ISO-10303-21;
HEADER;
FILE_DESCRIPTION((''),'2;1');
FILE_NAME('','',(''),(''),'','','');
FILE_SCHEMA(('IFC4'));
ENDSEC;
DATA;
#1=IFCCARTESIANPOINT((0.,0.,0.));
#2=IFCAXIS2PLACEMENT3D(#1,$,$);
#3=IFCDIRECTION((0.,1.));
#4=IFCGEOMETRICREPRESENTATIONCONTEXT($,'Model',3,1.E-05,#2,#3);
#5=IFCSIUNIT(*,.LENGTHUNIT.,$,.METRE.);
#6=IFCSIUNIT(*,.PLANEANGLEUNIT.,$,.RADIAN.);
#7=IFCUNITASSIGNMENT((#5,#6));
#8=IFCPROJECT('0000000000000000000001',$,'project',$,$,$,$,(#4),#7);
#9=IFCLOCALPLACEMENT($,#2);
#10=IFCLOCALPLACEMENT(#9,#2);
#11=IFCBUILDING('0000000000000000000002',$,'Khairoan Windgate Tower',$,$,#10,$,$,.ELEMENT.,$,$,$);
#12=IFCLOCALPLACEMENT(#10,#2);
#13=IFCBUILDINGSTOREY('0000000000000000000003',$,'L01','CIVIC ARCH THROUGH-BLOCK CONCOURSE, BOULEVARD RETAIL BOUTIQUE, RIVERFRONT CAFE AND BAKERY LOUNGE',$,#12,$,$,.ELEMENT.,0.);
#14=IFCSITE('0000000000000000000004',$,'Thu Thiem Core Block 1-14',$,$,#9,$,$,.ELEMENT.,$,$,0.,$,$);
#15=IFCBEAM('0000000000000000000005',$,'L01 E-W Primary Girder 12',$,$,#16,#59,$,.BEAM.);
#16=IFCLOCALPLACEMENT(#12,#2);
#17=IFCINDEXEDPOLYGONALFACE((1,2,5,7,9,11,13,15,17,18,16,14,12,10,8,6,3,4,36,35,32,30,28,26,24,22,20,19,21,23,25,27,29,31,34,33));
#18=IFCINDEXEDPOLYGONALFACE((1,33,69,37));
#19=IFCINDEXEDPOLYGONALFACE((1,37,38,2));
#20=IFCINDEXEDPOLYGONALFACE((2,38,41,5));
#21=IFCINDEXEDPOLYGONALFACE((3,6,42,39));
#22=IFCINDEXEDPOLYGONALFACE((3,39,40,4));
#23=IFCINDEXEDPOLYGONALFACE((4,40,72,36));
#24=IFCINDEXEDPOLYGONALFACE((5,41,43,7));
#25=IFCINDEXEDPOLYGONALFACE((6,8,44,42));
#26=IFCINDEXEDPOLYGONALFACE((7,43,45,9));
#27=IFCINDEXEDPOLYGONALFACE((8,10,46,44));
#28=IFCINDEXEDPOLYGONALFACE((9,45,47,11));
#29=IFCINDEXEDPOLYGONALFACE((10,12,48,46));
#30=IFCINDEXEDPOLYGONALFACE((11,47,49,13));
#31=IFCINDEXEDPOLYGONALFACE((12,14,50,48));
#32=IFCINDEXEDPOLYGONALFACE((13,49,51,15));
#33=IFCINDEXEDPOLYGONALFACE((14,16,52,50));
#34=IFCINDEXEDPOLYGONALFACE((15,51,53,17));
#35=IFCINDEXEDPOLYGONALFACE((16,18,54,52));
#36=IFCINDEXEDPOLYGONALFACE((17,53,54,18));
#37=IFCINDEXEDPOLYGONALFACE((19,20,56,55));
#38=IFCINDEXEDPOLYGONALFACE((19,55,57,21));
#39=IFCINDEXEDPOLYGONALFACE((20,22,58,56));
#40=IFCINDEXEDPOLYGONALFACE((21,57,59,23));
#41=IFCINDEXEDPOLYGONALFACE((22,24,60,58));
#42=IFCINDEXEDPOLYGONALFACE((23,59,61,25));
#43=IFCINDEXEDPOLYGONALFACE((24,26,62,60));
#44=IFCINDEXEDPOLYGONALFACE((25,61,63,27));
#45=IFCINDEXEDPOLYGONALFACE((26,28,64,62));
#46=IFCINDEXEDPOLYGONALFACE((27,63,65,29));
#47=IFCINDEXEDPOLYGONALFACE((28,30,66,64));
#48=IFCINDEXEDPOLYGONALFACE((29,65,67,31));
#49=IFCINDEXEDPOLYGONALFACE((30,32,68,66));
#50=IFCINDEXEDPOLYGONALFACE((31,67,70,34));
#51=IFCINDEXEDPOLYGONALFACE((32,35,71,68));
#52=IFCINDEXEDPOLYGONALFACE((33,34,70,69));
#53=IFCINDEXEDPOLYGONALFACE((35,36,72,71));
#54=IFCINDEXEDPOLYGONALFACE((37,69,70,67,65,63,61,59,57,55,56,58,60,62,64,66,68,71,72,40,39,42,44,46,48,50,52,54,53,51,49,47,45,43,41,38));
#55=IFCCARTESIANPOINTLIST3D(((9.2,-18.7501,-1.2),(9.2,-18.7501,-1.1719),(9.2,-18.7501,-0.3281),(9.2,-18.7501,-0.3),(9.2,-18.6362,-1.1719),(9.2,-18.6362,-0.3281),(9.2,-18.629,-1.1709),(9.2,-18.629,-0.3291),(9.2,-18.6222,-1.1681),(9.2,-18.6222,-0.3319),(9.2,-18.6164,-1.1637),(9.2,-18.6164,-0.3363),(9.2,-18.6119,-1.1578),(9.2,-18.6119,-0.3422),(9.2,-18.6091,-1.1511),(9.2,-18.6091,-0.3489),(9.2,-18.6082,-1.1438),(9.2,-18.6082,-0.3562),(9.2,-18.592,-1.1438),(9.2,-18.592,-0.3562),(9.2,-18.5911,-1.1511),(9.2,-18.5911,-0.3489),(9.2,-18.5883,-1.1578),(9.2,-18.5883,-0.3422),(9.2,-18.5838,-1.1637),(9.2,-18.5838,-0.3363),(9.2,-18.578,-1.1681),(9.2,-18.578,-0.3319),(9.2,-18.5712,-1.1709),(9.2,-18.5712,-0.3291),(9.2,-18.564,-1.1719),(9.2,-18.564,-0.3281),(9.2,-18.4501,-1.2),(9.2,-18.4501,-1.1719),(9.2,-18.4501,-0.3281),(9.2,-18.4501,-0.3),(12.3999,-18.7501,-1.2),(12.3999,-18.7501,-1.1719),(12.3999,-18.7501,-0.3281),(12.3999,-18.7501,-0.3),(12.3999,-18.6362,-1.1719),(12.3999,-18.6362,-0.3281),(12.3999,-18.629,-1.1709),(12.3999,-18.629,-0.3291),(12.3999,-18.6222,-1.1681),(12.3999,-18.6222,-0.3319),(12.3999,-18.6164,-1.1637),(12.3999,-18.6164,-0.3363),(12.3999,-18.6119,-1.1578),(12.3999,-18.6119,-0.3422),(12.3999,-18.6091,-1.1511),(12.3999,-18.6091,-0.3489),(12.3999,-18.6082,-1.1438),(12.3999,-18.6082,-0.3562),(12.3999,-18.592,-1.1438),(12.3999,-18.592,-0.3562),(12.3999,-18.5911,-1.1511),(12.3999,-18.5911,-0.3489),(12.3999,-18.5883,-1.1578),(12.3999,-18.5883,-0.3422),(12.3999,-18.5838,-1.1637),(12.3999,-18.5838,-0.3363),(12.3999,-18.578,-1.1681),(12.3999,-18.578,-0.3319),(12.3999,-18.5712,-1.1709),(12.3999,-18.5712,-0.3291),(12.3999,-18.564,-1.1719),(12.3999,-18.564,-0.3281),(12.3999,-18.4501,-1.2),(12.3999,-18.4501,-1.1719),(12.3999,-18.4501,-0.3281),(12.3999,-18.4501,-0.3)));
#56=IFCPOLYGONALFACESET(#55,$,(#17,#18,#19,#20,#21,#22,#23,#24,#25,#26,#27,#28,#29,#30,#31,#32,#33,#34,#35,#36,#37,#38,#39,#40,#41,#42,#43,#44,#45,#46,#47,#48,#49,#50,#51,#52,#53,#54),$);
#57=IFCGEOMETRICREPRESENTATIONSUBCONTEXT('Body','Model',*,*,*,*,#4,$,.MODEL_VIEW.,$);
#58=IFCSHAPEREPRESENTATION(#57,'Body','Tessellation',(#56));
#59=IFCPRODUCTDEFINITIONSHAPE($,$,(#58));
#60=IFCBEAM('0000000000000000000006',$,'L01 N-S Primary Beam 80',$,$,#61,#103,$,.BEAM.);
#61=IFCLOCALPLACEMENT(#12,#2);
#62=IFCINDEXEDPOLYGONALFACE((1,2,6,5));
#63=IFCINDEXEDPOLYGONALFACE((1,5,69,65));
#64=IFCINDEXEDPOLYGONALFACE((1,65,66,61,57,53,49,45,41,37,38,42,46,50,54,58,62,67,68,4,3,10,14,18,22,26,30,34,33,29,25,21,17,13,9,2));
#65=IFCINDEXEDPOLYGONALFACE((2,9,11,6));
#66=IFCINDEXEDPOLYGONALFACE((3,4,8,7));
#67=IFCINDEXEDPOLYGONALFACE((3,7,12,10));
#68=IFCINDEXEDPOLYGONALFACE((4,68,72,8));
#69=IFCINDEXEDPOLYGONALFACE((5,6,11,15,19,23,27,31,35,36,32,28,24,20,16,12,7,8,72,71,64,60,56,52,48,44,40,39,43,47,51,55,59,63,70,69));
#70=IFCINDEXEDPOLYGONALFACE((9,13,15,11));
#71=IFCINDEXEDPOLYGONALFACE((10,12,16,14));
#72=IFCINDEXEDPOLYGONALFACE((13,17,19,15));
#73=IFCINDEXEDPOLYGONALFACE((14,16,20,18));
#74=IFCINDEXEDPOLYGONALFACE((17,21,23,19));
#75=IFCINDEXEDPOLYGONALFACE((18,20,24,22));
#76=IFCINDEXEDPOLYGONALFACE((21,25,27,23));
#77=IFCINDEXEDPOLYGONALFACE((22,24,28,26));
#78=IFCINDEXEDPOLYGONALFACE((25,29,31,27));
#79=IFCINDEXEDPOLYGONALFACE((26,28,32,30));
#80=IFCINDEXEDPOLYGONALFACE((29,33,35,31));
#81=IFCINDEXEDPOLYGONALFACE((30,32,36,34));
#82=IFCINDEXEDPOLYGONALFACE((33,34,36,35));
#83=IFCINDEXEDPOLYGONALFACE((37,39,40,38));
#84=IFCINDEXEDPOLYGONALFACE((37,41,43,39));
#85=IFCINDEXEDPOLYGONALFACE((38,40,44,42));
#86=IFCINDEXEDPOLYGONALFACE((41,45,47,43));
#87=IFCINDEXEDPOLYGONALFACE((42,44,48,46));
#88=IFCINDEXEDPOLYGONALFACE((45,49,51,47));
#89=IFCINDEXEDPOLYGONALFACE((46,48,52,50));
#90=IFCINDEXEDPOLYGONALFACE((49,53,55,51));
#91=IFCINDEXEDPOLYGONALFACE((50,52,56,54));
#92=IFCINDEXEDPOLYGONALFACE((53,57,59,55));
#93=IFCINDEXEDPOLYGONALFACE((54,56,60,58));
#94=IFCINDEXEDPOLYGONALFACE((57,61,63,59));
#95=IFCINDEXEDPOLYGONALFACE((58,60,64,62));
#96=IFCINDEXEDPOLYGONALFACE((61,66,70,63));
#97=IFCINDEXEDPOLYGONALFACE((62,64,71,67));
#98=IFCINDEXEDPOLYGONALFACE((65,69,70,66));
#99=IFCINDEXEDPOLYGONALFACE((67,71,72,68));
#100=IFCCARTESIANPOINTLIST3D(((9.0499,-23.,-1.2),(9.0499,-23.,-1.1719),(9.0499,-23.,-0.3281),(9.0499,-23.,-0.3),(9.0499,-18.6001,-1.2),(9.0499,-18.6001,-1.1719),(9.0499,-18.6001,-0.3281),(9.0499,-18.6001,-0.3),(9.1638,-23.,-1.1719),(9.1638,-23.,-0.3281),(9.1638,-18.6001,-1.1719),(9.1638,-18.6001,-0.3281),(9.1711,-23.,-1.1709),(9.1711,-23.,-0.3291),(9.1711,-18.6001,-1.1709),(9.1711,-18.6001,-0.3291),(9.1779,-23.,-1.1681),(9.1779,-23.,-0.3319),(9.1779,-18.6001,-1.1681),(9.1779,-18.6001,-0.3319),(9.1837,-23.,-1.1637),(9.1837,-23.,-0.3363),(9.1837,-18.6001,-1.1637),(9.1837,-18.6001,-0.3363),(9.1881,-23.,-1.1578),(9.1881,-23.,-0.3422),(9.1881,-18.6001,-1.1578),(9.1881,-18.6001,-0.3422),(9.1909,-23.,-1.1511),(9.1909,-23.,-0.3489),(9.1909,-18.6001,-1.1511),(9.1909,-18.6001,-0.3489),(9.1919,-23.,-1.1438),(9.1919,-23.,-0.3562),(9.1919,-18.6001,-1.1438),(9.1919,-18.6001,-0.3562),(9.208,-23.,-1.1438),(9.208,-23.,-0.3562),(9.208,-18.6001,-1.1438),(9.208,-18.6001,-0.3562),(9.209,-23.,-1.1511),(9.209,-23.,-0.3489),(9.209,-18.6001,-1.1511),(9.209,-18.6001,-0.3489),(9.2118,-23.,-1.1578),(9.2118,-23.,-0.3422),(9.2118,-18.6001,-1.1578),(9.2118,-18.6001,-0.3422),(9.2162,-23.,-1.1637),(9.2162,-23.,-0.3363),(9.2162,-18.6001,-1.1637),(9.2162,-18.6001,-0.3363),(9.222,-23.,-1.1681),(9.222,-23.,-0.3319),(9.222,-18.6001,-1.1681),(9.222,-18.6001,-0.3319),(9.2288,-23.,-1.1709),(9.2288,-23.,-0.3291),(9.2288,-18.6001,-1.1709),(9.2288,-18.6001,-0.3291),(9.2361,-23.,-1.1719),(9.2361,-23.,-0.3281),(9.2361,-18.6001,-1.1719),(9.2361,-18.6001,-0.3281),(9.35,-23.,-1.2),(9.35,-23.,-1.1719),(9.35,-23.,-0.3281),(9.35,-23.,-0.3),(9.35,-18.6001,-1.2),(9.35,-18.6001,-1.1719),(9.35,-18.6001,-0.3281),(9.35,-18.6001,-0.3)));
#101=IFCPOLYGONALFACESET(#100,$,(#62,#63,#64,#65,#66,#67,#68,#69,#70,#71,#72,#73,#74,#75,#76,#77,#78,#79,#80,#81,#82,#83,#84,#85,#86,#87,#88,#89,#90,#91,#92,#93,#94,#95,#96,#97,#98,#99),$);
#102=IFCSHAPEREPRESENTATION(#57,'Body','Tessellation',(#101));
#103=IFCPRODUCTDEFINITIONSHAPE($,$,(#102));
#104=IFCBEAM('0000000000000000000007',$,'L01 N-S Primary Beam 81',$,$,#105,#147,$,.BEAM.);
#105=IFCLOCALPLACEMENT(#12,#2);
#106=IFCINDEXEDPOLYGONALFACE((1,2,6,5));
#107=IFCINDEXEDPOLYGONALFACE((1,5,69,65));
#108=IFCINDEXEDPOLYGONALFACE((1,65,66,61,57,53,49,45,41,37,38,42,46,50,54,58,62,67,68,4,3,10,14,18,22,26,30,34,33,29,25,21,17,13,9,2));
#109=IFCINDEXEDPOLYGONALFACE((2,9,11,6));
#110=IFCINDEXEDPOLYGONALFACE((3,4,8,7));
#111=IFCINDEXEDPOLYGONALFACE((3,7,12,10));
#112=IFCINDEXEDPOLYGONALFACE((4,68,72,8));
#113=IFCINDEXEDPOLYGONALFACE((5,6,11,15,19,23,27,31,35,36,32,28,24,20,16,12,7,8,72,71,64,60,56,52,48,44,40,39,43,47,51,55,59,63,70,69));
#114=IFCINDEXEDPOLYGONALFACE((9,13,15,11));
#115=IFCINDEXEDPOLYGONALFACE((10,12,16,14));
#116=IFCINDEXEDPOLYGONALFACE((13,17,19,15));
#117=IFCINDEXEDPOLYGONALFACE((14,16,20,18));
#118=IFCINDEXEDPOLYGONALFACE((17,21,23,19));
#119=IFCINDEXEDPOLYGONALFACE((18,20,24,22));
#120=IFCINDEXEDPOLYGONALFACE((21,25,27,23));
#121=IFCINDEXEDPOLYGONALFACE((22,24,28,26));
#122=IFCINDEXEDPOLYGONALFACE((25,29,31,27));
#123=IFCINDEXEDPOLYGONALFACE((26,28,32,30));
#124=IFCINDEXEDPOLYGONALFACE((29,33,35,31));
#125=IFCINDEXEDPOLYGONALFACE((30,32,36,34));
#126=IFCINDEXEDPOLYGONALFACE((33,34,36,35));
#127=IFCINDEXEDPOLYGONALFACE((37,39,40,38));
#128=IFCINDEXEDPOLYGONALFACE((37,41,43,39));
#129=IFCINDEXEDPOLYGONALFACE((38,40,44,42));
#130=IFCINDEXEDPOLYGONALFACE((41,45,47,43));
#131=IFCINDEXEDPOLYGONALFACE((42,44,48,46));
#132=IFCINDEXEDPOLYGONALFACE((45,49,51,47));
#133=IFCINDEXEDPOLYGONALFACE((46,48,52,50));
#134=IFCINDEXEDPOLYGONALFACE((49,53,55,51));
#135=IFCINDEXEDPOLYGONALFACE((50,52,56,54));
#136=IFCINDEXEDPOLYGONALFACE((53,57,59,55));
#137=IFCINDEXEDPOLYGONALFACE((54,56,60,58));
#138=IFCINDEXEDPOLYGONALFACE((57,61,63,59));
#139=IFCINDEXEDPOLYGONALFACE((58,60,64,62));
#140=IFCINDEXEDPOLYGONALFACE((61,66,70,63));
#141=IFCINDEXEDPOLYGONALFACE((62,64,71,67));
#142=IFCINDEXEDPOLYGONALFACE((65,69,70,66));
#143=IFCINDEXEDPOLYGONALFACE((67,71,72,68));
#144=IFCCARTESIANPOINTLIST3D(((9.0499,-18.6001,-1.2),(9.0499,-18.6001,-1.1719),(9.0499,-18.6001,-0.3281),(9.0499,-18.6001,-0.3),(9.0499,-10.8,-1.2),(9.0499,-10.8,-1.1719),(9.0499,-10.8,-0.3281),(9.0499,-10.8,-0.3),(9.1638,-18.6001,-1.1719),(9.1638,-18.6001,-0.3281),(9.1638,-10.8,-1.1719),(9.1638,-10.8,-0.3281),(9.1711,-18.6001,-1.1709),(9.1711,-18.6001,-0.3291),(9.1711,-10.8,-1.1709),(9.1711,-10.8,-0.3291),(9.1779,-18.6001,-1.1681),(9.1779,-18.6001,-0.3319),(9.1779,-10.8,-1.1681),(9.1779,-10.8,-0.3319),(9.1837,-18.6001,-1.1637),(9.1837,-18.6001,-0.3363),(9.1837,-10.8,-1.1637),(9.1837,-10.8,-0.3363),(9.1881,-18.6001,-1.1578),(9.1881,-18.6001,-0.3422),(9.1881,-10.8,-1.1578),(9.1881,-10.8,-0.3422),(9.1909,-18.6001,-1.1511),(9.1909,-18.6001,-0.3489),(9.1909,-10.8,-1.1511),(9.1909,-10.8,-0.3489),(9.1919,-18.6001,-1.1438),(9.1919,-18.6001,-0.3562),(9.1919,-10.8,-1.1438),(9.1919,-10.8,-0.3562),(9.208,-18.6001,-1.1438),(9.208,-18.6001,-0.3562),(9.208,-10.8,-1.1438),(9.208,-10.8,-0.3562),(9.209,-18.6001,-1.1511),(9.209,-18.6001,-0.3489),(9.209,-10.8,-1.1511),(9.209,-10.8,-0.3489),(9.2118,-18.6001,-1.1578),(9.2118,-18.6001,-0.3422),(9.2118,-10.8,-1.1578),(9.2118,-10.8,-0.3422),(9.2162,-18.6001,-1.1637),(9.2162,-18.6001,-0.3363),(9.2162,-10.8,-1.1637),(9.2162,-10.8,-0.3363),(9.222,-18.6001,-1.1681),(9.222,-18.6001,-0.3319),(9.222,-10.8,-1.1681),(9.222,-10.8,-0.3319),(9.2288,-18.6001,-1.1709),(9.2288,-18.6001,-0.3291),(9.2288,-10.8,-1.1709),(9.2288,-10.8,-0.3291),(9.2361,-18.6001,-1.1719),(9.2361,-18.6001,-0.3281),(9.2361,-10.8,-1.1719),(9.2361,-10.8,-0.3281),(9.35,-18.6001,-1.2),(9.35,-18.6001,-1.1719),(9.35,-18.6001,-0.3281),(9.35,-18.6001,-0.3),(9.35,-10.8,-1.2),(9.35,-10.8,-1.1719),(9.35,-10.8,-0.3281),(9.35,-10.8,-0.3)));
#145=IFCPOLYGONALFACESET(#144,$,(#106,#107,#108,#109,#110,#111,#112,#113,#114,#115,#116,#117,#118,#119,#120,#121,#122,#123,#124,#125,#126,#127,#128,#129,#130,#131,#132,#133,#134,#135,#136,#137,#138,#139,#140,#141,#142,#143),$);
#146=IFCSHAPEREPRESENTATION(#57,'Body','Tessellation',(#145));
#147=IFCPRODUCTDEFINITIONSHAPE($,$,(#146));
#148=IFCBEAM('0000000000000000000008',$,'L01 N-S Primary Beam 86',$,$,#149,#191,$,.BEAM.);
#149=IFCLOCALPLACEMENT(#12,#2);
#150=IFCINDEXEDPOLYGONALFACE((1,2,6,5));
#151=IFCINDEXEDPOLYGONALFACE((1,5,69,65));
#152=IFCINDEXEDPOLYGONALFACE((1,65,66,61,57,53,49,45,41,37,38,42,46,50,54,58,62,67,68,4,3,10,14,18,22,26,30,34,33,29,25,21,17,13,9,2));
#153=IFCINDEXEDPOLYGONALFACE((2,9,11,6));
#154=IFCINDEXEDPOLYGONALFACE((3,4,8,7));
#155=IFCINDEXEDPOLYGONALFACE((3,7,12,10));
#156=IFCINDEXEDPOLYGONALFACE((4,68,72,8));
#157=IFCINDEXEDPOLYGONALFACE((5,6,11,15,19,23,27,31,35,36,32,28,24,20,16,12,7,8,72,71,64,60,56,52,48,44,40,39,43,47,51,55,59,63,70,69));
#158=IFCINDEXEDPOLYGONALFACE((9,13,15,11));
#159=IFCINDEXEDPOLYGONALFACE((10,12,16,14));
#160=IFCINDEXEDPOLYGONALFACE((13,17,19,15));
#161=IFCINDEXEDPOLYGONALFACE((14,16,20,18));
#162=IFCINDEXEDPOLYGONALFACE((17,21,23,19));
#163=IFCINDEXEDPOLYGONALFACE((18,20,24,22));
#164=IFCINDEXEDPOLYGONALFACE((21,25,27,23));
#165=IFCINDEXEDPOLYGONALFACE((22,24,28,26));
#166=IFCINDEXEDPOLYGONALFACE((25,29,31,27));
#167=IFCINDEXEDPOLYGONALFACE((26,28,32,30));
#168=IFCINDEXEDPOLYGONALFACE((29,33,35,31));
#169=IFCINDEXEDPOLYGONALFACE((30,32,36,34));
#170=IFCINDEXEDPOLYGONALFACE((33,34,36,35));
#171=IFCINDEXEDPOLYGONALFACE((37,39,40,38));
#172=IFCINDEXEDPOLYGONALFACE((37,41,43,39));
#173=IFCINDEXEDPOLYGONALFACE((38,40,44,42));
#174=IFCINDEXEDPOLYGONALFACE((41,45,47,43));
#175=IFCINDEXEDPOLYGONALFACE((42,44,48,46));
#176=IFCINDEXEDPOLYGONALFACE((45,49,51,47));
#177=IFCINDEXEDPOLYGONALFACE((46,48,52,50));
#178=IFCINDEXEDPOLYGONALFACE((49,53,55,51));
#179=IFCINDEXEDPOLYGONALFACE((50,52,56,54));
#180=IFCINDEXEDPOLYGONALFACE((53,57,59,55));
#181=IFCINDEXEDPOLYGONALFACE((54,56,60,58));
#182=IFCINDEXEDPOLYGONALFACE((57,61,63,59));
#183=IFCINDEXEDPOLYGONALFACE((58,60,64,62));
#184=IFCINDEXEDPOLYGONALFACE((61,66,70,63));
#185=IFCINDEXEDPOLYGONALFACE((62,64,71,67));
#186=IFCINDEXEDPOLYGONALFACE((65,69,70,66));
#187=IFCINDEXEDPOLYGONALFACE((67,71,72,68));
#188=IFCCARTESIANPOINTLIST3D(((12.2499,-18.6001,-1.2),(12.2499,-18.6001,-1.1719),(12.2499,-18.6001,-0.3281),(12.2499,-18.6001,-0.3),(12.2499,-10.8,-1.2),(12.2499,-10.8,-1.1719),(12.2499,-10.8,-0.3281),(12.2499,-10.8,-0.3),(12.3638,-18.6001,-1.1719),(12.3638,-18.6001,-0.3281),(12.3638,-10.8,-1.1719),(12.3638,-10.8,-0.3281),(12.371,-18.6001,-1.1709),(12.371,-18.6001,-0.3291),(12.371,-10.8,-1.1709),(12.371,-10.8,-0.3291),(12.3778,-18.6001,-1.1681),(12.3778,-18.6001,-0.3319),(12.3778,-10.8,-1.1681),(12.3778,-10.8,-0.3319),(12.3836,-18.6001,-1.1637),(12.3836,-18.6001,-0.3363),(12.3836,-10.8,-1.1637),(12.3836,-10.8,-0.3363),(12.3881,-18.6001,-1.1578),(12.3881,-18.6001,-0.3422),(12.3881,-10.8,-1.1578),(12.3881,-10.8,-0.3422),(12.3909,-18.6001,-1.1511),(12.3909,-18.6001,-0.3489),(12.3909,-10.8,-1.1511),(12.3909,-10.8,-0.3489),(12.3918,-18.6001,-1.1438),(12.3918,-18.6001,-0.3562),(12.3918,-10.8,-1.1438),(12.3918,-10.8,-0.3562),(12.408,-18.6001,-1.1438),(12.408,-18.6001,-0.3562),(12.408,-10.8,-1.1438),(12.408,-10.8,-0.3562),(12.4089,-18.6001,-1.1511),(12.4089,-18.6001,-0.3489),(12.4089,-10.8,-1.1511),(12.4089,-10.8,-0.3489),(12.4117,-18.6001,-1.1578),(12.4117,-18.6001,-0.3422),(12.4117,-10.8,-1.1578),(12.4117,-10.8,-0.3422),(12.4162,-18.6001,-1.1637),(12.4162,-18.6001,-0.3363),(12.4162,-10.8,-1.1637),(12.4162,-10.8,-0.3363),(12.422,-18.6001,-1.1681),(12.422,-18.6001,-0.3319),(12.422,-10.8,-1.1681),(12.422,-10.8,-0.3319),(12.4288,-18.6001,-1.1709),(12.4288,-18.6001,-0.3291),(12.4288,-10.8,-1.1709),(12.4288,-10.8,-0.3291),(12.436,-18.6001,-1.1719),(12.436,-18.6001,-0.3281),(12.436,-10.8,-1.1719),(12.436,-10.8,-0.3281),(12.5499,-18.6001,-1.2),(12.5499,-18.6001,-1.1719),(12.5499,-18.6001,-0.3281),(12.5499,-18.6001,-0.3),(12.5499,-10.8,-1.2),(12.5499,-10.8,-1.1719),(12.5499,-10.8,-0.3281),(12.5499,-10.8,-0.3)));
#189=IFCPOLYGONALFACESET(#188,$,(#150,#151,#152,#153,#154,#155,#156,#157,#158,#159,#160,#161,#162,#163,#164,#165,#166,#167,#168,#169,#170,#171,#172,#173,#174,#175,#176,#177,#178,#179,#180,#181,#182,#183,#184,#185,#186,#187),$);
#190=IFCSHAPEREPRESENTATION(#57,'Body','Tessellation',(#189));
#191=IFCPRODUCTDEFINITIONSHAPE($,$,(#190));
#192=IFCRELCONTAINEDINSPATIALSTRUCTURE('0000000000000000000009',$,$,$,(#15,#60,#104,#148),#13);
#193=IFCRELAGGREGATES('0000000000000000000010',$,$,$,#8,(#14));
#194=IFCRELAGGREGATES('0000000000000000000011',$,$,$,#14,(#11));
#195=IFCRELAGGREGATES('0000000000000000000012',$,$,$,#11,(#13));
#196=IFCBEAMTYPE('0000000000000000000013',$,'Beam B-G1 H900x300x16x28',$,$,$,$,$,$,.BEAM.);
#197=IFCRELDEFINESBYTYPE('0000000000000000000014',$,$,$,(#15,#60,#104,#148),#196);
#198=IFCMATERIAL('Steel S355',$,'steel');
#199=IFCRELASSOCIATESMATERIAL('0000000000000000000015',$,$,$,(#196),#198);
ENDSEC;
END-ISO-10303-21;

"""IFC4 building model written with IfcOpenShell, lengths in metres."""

from ifc_helpers import new_model, si_unit, direction, frame, origin, origin_2d, place, context, subcontext, project, spatial, i_section, extrude, material, material_profile, profile_set, type_object, element, save


model = new_model("IFC4")

# Units and contexts
model_context = context("Model", 3, precision=1e-05, world=origin(), true_north=direction((0.0, 1.0)))
body_context = subcontext(model_context, "Body", "Model", "MODEL_VIEW")
ifc_project = project(units=[si_unit("LENGTHUNIT", "METRE"), si_unit("PLANEANGLEUNIT", "RADIAN")], contexts=[model_context])

# Site, building, storey
site_placement = place(None, origin())
site = spatial("IfcSite", under=ifc_project, at=site_placement, Name="Thu Thiem Core Block 1-14", CompositionType="ELEMENT", RefElevation=0.0)
building_placement = place(site_placement, origin())
building = spatial("IfcBuilding", under=site, at=building_placement, Name="Khairoan Windgate Tower", CompositionType="ELEMENT")
storey_placement = place(building_placement, origin())
storey = spatial("IfcBuildingStorey", under=building, at=storey_placement, Name="L01", Description="CIVIC ARCH THROUGH-BLOCK CONCOURSE, BOULEVARD RETAIL BOUTIQUE, RIVERFRONT CAFE AND BAKERY LOUNGE", CompositionType="ELEMENT", Elevation=0.0)

# Beams
ifc_material_1 = material(Name="Steel S355", Category="steel")
ifc_material_profile_1 = material_profile(ifc_material_1, i_section(OverallWidth=0.3, OverallDepth=0.8999, WebThickness=0.0161, FlangeThickness=0.0281, FilletRadius=0.0281, at=origin_2d()))
ifc_profile_set_1 = profile_set([ifc_material_profile_1], Name="Steel S355")
beam_type_1 = type_object("IfcBeamType", Name="Beam B-G1 H900x300x16x28", PredefinedType="BEAM", material=ifc_profile_set_1)
beam_1_placement = place(storey_placement, frame((9.2, -18.6001, -0.75), z_axis=(1.0, 0.0, 0.0), x_axis=(0.0, 1.0, 0.0)))
element("IfcBeam", 1, at=beam_1_placement, inside=storey, type_object=beam_type_1, Name="L01 E-W Primary Girder 12", PredefinedType="BEAM", context=body_context, shape_type="SweptSolid", body=[
    extrude(i_section(OverallWidth=0.3, OverallDepth=0.8999, WebThickness=0.0161, FlangeThickness=0.0281, FilletRadius=0.0281, at=origin_2d()), origin(), (0.0, 0.0, 1.0), 3.2),
])
beam_2_placement = place(storey_placement, frame((9.2, -23.0, -0.75), z_axis=(0.0, 1.0, 0.0), x_axis=(-1.0, 0.0, 0.0)))
element("IfcBeam", 2, at=beam_2_placement, inside=storey, type_object=beam_type_1, Name="L01 N-S Primary Beam 80", PredefinedType="BEAM", context=body_context, shape_type="SweptSolid", body=[
    extrude(i_section(OverallWidth=0.3, OverallDepth=0.8999, WebThickness=0.0161, FlangeThickness=0.0281, FilletRadius=0.0281, at=origin_2d()), origin(), (0.0, 0.0, 1.0), 4.3999),
])
for number, where, z_axis, x_axis, name in (
    (3, (9.2, -18.6001, -0.75), (0.0, 1.0, 0.0), (-1.0, 0.0, 0.0), "L01 N-S Primary Beam 81"),
    (4, (12.3999, -18.6001, -0.75), (0.0, 1.0, 0.0), (-1.0, 0.0, 0.0), "L01 N-S Primary Beam 86"),
):
    element("IfcBeam", number, at=place(storey_placement, frame(where, z_axis=z_axis, x_axis=x_axis)), inside=storey, type_object=beam_type_1, Name=name, PredefinedType="BEAM", context=body_context, shape_type="SweptSolid", body=[
        extrude(i_section(OverallWidth=0.3, OverallDepth=0.8999, WebThickness=0.0161, FlangeThickness=0.0281, FilletRadius=0.0281, at=origin_2d()), origin(), (0.0, 0.0, 1.0), 7.8),
    ])

save(model, "model.ifc")
